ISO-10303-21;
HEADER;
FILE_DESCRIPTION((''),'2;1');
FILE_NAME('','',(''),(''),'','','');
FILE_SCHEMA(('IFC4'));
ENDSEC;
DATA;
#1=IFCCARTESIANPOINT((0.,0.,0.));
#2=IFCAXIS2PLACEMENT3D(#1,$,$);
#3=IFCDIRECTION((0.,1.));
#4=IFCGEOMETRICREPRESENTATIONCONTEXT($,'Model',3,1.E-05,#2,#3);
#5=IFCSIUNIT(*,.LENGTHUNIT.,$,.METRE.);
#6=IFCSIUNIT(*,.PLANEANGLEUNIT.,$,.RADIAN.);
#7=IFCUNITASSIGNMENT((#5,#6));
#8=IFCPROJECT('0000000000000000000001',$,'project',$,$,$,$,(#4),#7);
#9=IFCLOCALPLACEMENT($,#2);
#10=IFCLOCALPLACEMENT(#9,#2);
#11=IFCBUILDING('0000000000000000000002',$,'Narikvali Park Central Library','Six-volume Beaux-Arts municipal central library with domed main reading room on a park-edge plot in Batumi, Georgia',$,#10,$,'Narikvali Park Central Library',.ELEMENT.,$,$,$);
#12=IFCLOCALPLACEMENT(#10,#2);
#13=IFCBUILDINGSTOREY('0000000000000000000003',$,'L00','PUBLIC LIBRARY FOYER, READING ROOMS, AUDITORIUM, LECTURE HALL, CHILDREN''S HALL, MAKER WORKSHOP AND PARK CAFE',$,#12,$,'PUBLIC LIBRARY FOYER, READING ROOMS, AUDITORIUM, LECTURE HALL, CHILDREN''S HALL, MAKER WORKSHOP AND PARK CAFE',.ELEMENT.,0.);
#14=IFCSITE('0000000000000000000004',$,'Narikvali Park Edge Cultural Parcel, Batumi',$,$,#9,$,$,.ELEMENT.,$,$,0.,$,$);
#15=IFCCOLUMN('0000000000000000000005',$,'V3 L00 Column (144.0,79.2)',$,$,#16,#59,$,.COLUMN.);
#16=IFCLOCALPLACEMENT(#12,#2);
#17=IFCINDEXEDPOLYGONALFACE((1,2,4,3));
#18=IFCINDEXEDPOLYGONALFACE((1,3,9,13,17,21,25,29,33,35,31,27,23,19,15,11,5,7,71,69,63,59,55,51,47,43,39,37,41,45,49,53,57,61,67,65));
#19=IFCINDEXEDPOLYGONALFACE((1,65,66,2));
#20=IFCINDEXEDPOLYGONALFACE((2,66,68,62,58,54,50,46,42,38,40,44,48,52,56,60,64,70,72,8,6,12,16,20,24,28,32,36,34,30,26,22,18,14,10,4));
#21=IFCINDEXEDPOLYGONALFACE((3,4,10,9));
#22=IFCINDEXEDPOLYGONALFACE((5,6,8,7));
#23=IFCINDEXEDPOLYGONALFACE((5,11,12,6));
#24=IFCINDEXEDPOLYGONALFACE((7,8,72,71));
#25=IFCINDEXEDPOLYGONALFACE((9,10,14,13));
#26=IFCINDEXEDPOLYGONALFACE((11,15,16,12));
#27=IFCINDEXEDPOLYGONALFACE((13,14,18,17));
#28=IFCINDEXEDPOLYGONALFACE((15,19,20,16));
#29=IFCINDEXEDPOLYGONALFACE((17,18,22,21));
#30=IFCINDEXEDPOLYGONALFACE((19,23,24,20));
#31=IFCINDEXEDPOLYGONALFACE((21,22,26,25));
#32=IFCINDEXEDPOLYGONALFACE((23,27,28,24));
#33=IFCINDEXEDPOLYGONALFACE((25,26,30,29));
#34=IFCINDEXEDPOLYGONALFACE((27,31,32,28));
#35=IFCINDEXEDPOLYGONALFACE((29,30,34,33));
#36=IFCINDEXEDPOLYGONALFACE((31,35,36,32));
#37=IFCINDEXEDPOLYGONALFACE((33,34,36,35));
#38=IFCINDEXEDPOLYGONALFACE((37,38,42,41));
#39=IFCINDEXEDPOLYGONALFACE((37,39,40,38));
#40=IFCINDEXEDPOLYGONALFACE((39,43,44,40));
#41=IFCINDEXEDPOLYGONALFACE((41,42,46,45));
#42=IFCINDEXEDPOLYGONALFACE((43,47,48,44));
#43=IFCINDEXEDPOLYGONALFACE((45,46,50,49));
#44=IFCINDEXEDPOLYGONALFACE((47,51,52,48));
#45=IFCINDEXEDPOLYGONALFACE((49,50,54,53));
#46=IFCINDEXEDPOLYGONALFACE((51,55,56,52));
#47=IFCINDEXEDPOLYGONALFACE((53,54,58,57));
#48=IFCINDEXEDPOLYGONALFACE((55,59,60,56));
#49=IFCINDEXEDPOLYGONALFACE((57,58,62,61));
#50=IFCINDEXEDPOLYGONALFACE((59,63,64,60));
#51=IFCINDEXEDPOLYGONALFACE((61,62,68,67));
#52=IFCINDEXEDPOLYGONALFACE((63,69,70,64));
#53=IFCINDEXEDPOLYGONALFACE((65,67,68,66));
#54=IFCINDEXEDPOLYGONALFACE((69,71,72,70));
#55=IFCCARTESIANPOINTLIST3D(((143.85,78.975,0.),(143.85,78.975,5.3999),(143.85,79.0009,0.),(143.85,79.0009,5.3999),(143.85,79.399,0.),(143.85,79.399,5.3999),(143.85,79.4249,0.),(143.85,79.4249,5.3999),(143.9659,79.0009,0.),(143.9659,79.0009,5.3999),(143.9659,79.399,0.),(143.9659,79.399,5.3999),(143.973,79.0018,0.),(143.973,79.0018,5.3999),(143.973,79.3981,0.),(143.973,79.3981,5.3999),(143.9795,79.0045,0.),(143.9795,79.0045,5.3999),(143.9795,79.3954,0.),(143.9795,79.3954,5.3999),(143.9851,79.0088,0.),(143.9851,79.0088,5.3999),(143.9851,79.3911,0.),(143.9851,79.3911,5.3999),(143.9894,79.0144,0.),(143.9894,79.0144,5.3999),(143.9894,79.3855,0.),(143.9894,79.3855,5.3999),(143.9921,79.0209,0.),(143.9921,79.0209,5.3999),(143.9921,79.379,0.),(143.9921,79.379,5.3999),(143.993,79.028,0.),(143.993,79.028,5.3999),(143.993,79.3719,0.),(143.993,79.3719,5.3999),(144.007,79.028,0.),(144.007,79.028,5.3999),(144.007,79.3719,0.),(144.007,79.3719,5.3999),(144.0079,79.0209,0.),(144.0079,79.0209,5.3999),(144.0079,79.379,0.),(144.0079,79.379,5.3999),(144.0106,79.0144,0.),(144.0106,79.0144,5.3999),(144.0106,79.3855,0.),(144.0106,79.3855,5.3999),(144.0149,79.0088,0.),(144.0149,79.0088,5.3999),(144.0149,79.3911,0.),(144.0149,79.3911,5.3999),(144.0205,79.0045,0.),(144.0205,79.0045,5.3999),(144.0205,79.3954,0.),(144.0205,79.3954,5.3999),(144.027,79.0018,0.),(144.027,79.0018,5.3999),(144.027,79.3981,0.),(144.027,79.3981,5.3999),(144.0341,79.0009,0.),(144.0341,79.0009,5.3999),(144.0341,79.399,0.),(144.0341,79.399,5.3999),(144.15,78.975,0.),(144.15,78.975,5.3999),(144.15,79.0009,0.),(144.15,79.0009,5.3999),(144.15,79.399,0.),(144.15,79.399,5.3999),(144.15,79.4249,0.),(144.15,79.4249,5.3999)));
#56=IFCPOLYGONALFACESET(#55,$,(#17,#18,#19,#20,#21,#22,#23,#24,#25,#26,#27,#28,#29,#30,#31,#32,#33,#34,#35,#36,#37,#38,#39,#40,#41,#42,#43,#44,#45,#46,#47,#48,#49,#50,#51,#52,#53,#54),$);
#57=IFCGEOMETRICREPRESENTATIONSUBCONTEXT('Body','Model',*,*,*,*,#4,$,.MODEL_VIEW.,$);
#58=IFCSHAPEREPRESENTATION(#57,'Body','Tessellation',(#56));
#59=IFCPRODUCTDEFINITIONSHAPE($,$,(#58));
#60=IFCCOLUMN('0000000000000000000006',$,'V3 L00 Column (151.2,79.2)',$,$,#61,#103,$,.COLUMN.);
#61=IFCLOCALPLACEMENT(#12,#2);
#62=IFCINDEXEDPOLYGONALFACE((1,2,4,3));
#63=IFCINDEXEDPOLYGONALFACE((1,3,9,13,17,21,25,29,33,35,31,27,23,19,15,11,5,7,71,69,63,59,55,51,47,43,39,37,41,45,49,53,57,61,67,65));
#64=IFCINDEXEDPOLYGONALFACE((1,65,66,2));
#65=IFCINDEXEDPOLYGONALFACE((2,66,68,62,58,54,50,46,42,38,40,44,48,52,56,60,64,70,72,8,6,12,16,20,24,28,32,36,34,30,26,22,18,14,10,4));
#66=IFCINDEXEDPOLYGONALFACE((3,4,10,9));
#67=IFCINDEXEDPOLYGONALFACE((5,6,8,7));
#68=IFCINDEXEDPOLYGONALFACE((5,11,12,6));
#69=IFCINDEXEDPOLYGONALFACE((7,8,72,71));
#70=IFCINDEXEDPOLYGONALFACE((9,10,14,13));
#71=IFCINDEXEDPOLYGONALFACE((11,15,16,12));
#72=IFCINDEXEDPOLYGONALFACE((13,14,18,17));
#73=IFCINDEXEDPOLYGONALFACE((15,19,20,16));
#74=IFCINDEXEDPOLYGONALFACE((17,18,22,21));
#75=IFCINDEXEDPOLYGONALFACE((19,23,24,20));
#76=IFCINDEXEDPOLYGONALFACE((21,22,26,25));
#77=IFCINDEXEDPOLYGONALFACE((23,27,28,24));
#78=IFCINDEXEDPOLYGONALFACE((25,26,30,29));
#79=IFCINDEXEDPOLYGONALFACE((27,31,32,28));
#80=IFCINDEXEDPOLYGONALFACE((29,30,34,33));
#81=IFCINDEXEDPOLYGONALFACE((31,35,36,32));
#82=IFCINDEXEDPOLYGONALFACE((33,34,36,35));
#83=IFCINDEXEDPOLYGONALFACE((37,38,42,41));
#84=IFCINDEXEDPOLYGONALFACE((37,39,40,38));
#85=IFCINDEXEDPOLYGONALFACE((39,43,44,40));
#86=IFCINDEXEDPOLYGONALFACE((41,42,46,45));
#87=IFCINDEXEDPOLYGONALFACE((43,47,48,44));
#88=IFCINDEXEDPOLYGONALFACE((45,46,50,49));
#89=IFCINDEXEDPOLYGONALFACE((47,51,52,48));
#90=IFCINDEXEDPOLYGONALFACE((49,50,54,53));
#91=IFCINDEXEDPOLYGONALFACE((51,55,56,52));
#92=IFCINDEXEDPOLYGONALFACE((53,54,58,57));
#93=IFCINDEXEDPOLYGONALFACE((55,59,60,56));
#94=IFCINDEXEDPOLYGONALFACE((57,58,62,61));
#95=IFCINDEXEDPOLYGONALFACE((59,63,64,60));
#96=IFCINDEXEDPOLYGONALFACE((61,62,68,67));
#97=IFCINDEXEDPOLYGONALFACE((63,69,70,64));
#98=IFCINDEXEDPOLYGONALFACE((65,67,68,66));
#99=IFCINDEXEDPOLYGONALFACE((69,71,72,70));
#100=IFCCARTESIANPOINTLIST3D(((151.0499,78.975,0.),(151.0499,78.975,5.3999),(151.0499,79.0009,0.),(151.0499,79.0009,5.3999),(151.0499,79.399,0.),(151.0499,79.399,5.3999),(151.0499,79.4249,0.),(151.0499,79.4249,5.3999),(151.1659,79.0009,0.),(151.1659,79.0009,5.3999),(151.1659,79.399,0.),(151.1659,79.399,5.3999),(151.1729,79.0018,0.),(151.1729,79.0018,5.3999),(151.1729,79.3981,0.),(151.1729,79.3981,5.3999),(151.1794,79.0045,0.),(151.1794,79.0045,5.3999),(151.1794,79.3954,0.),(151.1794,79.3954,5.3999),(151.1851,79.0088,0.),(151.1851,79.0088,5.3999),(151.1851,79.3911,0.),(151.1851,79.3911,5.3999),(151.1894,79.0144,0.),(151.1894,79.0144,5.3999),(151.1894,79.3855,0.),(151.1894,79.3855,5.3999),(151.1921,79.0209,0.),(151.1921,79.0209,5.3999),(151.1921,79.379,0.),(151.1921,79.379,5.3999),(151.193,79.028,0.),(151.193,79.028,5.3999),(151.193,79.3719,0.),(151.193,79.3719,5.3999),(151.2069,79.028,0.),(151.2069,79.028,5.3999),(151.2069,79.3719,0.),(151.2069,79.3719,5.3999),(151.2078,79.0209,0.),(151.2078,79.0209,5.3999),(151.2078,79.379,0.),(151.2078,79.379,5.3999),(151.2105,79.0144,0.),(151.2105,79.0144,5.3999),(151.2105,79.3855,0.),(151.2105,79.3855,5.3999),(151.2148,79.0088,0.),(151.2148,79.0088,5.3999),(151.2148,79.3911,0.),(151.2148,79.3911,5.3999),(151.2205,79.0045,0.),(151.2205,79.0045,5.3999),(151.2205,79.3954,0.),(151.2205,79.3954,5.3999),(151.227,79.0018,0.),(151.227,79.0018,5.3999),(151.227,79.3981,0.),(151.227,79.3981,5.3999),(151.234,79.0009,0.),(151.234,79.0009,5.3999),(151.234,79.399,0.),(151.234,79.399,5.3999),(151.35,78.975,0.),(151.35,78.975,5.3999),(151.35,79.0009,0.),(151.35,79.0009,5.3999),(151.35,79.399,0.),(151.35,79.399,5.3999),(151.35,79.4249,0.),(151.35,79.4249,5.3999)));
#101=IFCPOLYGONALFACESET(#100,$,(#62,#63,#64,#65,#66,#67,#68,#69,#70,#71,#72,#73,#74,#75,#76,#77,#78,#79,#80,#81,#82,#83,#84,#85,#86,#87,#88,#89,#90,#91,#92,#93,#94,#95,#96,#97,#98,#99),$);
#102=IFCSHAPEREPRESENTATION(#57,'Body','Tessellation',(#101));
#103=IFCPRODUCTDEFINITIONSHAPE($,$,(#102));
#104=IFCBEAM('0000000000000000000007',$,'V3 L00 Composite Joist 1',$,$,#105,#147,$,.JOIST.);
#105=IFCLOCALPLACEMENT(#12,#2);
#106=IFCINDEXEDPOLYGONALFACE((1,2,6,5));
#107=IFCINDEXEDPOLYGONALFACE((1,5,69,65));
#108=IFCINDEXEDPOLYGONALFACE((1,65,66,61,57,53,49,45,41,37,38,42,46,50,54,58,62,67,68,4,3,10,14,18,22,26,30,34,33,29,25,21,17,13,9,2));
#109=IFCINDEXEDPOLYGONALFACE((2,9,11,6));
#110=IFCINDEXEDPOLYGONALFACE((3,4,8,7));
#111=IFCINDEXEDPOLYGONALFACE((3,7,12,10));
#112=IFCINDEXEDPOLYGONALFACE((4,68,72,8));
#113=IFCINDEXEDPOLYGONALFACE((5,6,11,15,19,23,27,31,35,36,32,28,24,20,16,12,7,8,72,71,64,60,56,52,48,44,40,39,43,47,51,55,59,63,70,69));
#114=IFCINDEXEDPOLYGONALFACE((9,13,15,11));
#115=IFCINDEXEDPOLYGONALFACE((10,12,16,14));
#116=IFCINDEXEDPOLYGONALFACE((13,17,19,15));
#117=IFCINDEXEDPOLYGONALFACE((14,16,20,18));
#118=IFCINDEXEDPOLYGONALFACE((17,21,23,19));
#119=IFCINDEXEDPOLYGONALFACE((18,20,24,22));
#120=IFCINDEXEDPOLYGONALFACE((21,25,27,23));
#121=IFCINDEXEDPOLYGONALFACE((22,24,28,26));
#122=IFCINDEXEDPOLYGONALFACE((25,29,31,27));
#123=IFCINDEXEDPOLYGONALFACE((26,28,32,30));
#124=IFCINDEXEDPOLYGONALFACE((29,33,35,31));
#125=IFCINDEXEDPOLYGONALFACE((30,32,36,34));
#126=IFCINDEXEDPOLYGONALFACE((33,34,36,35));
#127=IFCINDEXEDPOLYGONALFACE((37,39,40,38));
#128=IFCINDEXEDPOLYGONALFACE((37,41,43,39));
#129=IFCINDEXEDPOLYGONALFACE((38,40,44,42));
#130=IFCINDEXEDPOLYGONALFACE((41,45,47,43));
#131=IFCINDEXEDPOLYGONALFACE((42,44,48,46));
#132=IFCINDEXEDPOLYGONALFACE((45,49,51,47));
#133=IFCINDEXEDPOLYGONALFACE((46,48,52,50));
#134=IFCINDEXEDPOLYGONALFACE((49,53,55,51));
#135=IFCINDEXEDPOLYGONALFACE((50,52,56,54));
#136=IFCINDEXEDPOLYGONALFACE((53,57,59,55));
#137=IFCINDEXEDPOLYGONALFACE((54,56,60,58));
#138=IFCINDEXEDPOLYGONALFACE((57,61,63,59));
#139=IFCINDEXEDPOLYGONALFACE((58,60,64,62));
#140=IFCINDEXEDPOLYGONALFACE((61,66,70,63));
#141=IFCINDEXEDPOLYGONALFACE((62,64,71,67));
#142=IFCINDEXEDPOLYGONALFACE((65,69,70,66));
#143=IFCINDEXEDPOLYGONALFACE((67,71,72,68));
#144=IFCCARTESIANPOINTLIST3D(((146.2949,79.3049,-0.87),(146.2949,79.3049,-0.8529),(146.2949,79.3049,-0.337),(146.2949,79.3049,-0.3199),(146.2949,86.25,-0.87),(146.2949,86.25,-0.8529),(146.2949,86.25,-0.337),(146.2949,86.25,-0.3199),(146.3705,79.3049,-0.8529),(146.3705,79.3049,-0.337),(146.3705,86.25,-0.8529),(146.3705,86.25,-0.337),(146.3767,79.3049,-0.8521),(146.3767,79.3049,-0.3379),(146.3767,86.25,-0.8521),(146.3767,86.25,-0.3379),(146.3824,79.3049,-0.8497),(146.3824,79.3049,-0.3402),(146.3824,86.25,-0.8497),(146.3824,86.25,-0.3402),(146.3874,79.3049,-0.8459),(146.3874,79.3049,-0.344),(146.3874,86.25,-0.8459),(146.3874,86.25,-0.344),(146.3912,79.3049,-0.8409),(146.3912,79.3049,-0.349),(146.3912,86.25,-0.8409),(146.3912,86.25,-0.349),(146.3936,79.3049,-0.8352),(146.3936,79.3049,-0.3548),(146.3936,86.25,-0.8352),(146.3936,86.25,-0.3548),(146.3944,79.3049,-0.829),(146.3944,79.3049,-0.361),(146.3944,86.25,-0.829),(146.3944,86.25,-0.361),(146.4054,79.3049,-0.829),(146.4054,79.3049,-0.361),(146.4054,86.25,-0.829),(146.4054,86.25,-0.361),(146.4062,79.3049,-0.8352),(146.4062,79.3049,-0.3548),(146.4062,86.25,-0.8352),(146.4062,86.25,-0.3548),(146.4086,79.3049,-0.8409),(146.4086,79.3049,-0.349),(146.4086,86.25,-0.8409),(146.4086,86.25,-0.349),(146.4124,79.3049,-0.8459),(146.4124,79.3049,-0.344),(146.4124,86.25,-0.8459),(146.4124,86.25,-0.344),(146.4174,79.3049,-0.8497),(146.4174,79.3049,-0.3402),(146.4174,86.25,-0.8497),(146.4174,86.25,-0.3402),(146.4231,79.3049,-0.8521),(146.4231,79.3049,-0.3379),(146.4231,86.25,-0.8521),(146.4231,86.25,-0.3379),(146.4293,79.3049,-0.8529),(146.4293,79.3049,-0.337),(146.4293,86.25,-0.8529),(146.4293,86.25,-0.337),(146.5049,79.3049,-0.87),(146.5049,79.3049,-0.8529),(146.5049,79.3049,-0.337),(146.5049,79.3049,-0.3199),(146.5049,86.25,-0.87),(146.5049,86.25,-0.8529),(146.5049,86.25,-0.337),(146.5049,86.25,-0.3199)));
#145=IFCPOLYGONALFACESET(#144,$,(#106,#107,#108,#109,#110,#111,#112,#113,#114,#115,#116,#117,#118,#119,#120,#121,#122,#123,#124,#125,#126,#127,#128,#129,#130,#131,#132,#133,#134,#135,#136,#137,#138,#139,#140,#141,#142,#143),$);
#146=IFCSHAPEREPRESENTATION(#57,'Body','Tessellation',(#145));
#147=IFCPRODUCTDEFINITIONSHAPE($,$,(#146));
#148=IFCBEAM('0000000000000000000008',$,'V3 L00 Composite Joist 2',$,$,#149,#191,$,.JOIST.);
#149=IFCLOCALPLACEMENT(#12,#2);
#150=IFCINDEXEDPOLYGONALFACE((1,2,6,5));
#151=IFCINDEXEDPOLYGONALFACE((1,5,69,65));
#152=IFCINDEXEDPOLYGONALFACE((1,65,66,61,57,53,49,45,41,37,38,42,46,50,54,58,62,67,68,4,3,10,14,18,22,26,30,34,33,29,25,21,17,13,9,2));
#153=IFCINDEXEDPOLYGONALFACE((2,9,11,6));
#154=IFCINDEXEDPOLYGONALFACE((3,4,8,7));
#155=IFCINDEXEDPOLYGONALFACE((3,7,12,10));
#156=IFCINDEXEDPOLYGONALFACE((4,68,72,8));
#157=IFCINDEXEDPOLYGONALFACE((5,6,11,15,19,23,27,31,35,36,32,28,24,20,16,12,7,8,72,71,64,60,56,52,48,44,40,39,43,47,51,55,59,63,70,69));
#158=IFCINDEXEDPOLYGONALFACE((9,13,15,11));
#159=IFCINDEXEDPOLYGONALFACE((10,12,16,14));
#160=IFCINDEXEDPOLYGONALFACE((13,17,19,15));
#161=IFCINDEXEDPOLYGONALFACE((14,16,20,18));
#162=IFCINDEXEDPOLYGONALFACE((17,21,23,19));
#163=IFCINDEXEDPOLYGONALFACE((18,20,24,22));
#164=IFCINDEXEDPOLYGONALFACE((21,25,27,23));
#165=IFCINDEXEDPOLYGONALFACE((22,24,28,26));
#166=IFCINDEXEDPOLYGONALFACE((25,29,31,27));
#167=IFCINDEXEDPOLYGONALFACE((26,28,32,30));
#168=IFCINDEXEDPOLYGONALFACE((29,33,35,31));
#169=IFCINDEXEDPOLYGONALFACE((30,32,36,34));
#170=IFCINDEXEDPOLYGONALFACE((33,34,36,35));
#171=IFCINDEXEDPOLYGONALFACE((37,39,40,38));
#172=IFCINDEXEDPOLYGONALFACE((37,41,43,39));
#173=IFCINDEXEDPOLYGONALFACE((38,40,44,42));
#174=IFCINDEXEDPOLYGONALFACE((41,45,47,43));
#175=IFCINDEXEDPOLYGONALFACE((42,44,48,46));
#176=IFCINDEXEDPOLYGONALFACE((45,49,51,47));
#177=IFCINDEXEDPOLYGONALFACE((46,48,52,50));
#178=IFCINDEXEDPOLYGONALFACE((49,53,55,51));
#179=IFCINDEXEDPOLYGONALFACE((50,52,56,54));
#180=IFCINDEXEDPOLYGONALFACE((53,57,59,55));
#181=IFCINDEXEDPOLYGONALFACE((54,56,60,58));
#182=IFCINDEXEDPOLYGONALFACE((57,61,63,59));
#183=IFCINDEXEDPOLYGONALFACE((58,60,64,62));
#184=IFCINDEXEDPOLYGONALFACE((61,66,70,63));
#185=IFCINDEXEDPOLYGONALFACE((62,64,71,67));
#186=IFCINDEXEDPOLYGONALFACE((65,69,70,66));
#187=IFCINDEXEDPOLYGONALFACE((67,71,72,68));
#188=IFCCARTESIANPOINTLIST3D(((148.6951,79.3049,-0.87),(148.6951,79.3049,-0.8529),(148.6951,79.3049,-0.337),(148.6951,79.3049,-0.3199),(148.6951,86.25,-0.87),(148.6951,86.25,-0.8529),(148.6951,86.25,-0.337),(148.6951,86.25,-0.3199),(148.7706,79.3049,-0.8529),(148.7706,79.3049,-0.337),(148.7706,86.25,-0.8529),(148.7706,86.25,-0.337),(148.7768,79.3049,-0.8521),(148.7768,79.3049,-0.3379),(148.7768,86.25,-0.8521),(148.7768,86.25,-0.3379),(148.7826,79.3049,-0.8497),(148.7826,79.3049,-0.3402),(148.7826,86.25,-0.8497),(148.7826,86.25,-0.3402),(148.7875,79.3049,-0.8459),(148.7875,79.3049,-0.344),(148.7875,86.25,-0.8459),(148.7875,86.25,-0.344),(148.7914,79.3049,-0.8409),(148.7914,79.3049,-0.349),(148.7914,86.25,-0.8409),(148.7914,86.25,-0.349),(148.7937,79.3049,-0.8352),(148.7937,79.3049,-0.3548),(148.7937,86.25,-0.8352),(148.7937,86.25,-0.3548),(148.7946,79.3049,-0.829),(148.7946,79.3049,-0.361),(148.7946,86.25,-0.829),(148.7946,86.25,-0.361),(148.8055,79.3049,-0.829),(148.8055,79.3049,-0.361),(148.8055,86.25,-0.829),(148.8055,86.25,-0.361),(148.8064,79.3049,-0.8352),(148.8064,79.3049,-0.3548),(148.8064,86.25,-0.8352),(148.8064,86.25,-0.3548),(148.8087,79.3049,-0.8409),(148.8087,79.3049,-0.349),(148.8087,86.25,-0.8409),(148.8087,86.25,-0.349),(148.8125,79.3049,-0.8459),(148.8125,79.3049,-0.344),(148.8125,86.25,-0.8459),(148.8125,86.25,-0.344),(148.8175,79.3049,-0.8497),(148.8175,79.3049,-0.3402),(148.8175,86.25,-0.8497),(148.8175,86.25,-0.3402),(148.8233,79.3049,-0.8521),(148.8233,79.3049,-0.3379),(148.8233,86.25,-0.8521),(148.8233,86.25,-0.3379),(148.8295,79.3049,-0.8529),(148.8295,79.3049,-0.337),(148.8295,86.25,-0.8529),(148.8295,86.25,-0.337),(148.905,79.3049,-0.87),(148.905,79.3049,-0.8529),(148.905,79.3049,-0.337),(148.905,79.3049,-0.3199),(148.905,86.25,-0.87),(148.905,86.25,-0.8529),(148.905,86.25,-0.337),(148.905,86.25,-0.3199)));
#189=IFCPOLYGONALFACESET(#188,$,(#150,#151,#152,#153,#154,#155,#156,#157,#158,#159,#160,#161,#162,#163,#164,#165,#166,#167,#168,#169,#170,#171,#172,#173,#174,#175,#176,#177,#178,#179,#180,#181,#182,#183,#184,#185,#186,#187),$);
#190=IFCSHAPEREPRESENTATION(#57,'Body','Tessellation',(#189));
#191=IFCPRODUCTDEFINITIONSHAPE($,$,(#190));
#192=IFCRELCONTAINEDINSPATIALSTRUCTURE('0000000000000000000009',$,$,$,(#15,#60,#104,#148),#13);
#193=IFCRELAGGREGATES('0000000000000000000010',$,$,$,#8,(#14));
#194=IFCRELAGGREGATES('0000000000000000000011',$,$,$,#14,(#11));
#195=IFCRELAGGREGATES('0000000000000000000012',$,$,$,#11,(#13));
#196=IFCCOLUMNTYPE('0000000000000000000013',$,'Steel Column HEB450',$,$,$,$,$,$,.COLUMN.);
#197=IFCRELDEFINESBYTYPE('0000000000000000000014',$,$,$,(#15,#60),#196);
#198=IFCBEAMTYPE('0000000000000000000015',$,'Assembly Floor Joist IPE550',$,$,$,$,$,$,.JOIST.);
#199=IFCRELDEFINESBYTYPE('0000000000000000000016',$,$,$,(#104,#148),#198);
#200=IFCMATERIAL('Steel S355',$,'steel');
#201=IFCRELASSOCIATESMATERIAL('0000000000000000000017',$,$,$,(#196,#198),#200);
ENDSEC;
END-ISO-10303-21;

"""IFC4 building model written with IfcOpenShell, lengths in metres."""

from ifc_helpers import new_model, si_unit, direction, frame, origin, origin_2d, place, context, subcontext, project, spatial, i_section, extrude, material, material_profile, profile_set, type_object, element, save


model = new_model("IFC4")

# Units and contexts
model_context = context("Model", 3, precision=1e-05, world=origin(), true_north=direction((0.0, 1.0)))
body_context = subcontext(model_context, "Body", "Model", "MODEL_VIEW")
ifc_project = project(units=[si_unit("LENGTHUNIT", "METRE"), si_unit("PLANEANGLEUNIT", "RADIAN")], contexts=[model_context])

# Site, building, storey
site_placement = place(None, origin())
site = spatial("IfcSite", under=ifc_project, at=site_placement, Name="Narikvali Park Edge Cultural Parcel, Batumi", CompositionType="ELEMENT", RefElevation=0.0)
building_placement = place(site_placement, origin())
building = spatial("IfcBuilding", under=site, at=building_placement, Name="Narikvali Park Central Library", Description="Six-volume Beaux-Arts municipal central library with domed main reading room on a park-edge plot in Batumi, Georgia", LongName="Narikvali Park Central Library", CompositionType="ELEMENT")
storey_placement = place(building_placement, origin())
storey = spatial("IfcBuildingStorey", under=building, at=storey_placement, Name="L00", Description="PUBLIC LIBRARY FOYER, READING ROOMS, AUDITORIUM, LECTURE HALL, CHILDREN'S HALL, MAKER WORKSHOP AND PARK CAFE", LongName="PUBLIC LIBRARY FOYER, READING ROOMS, AUDITORIUM, LECTURE HALL, CHILDREN'S HALL, MAKER WORKSHOP AND PARK CAFE", CompositionType="ELEMENT", Elevation=0.0)

# Columns
ifc_material_1 = material(Name="Steel S355", Category="steel")
ifc_material_profile_1 = material_profile(ifc_material_1, i_section(OverallWidth=0.3, OverallDepth=0.45, WebThickness=0.0139, FlangeThickness=0.0259, FilletRadius=0.0271, at=origin_2d()), Name="HEB 450")
ifc_profile_set_1 = profile_set([ifc_material_profile_1], Name="Steel S355")
column_type = type_object("IfcColumnType", Name="Steel Column HEB450", PredefinedType="COLUMN", material=ifc_profile_set_1)
for number, where, z_axis, x_axis, name in (
    (1, (144.0, 79.2, 0.0), (0.0, 0.0, 1.0), (1.0, 0.0, 0.0), "V3 L00 Column (144.0,79.2)"),
    (2, (151.2, 79.2, 0.0), (0.0, 0.0, 1.0), (1.0, 0.0, 0.0), "V3 L00 Column (151.2,79.2)"),
):
    element("IfcColumn", number, at=place(storey_placement, frame(where, z_axis=z_axis, x_axis=x_axis)), inside=storey, type_object=column_type, Name=name, PredefinedType="COLUMN", context=body_context, shape_type="SweptSolid", body=[
        extrude(i_section(OverallWidth=0.3, OverallDepth=0.45, WebThickness=0.0139, FlangeThickness=0.0259, FilletRadius=0.0271, at=origin_2d()), origin(), (0.0, 0.0, 1.0), 5.3999),
    ])

# Beams
ifc_material_profile_2 = material_profile(ifc_material_1, i_section(OverallWidth=0.21, OverallDepth=0.55, WebThickness=0.011, FlangeThickness=0.0171, FilletRadius=0.0239, at=origin_2d()), Name="IPE 550")
ifc_profile_set_2 = profile_set([ifc_material_profile_2], Name="Steel S355")
beam_type_1 = type_object("IfcBeamType", Name="Assembly Floor Joist IPE550", PredefinedType="JOIST", material=ifc_profile_set_2)
for number, where, z_axis, x_axis, name in (
    (3, (146.3999, 79.3049, -0.595), (0.0, 1.0, 0.0), (-1.0, 0.0, 0.0), "V3 L00 Composite Joist 1"),
    (4, (148.8, 79.3049, -0.595), (0.0, 1.0, 0.0), (-1.0, 0.0, 0.0), "V3 L00 Composite Joist 2"),
):
    element("IfcBeam", number, at=place(storey_placement, frame(where, z_axis=z_axis, x_axis=x_axis)), inside=storey, type_object=beam_type_1, Name=name, PredefinedType="JOIST", context=body_context, shape_type="SweptSolid", body=[
        extrude(i_section(OverallWidth=0.21, OverallDepth=0.55, WebThickness=0.011, FlangeThickness=0.0171, FilletRadius=0.0239, at=origin_2d()), origin(), (0.0, 0.0, 1.0), 6.9451),
    ])

save(model, "model.ifc")
